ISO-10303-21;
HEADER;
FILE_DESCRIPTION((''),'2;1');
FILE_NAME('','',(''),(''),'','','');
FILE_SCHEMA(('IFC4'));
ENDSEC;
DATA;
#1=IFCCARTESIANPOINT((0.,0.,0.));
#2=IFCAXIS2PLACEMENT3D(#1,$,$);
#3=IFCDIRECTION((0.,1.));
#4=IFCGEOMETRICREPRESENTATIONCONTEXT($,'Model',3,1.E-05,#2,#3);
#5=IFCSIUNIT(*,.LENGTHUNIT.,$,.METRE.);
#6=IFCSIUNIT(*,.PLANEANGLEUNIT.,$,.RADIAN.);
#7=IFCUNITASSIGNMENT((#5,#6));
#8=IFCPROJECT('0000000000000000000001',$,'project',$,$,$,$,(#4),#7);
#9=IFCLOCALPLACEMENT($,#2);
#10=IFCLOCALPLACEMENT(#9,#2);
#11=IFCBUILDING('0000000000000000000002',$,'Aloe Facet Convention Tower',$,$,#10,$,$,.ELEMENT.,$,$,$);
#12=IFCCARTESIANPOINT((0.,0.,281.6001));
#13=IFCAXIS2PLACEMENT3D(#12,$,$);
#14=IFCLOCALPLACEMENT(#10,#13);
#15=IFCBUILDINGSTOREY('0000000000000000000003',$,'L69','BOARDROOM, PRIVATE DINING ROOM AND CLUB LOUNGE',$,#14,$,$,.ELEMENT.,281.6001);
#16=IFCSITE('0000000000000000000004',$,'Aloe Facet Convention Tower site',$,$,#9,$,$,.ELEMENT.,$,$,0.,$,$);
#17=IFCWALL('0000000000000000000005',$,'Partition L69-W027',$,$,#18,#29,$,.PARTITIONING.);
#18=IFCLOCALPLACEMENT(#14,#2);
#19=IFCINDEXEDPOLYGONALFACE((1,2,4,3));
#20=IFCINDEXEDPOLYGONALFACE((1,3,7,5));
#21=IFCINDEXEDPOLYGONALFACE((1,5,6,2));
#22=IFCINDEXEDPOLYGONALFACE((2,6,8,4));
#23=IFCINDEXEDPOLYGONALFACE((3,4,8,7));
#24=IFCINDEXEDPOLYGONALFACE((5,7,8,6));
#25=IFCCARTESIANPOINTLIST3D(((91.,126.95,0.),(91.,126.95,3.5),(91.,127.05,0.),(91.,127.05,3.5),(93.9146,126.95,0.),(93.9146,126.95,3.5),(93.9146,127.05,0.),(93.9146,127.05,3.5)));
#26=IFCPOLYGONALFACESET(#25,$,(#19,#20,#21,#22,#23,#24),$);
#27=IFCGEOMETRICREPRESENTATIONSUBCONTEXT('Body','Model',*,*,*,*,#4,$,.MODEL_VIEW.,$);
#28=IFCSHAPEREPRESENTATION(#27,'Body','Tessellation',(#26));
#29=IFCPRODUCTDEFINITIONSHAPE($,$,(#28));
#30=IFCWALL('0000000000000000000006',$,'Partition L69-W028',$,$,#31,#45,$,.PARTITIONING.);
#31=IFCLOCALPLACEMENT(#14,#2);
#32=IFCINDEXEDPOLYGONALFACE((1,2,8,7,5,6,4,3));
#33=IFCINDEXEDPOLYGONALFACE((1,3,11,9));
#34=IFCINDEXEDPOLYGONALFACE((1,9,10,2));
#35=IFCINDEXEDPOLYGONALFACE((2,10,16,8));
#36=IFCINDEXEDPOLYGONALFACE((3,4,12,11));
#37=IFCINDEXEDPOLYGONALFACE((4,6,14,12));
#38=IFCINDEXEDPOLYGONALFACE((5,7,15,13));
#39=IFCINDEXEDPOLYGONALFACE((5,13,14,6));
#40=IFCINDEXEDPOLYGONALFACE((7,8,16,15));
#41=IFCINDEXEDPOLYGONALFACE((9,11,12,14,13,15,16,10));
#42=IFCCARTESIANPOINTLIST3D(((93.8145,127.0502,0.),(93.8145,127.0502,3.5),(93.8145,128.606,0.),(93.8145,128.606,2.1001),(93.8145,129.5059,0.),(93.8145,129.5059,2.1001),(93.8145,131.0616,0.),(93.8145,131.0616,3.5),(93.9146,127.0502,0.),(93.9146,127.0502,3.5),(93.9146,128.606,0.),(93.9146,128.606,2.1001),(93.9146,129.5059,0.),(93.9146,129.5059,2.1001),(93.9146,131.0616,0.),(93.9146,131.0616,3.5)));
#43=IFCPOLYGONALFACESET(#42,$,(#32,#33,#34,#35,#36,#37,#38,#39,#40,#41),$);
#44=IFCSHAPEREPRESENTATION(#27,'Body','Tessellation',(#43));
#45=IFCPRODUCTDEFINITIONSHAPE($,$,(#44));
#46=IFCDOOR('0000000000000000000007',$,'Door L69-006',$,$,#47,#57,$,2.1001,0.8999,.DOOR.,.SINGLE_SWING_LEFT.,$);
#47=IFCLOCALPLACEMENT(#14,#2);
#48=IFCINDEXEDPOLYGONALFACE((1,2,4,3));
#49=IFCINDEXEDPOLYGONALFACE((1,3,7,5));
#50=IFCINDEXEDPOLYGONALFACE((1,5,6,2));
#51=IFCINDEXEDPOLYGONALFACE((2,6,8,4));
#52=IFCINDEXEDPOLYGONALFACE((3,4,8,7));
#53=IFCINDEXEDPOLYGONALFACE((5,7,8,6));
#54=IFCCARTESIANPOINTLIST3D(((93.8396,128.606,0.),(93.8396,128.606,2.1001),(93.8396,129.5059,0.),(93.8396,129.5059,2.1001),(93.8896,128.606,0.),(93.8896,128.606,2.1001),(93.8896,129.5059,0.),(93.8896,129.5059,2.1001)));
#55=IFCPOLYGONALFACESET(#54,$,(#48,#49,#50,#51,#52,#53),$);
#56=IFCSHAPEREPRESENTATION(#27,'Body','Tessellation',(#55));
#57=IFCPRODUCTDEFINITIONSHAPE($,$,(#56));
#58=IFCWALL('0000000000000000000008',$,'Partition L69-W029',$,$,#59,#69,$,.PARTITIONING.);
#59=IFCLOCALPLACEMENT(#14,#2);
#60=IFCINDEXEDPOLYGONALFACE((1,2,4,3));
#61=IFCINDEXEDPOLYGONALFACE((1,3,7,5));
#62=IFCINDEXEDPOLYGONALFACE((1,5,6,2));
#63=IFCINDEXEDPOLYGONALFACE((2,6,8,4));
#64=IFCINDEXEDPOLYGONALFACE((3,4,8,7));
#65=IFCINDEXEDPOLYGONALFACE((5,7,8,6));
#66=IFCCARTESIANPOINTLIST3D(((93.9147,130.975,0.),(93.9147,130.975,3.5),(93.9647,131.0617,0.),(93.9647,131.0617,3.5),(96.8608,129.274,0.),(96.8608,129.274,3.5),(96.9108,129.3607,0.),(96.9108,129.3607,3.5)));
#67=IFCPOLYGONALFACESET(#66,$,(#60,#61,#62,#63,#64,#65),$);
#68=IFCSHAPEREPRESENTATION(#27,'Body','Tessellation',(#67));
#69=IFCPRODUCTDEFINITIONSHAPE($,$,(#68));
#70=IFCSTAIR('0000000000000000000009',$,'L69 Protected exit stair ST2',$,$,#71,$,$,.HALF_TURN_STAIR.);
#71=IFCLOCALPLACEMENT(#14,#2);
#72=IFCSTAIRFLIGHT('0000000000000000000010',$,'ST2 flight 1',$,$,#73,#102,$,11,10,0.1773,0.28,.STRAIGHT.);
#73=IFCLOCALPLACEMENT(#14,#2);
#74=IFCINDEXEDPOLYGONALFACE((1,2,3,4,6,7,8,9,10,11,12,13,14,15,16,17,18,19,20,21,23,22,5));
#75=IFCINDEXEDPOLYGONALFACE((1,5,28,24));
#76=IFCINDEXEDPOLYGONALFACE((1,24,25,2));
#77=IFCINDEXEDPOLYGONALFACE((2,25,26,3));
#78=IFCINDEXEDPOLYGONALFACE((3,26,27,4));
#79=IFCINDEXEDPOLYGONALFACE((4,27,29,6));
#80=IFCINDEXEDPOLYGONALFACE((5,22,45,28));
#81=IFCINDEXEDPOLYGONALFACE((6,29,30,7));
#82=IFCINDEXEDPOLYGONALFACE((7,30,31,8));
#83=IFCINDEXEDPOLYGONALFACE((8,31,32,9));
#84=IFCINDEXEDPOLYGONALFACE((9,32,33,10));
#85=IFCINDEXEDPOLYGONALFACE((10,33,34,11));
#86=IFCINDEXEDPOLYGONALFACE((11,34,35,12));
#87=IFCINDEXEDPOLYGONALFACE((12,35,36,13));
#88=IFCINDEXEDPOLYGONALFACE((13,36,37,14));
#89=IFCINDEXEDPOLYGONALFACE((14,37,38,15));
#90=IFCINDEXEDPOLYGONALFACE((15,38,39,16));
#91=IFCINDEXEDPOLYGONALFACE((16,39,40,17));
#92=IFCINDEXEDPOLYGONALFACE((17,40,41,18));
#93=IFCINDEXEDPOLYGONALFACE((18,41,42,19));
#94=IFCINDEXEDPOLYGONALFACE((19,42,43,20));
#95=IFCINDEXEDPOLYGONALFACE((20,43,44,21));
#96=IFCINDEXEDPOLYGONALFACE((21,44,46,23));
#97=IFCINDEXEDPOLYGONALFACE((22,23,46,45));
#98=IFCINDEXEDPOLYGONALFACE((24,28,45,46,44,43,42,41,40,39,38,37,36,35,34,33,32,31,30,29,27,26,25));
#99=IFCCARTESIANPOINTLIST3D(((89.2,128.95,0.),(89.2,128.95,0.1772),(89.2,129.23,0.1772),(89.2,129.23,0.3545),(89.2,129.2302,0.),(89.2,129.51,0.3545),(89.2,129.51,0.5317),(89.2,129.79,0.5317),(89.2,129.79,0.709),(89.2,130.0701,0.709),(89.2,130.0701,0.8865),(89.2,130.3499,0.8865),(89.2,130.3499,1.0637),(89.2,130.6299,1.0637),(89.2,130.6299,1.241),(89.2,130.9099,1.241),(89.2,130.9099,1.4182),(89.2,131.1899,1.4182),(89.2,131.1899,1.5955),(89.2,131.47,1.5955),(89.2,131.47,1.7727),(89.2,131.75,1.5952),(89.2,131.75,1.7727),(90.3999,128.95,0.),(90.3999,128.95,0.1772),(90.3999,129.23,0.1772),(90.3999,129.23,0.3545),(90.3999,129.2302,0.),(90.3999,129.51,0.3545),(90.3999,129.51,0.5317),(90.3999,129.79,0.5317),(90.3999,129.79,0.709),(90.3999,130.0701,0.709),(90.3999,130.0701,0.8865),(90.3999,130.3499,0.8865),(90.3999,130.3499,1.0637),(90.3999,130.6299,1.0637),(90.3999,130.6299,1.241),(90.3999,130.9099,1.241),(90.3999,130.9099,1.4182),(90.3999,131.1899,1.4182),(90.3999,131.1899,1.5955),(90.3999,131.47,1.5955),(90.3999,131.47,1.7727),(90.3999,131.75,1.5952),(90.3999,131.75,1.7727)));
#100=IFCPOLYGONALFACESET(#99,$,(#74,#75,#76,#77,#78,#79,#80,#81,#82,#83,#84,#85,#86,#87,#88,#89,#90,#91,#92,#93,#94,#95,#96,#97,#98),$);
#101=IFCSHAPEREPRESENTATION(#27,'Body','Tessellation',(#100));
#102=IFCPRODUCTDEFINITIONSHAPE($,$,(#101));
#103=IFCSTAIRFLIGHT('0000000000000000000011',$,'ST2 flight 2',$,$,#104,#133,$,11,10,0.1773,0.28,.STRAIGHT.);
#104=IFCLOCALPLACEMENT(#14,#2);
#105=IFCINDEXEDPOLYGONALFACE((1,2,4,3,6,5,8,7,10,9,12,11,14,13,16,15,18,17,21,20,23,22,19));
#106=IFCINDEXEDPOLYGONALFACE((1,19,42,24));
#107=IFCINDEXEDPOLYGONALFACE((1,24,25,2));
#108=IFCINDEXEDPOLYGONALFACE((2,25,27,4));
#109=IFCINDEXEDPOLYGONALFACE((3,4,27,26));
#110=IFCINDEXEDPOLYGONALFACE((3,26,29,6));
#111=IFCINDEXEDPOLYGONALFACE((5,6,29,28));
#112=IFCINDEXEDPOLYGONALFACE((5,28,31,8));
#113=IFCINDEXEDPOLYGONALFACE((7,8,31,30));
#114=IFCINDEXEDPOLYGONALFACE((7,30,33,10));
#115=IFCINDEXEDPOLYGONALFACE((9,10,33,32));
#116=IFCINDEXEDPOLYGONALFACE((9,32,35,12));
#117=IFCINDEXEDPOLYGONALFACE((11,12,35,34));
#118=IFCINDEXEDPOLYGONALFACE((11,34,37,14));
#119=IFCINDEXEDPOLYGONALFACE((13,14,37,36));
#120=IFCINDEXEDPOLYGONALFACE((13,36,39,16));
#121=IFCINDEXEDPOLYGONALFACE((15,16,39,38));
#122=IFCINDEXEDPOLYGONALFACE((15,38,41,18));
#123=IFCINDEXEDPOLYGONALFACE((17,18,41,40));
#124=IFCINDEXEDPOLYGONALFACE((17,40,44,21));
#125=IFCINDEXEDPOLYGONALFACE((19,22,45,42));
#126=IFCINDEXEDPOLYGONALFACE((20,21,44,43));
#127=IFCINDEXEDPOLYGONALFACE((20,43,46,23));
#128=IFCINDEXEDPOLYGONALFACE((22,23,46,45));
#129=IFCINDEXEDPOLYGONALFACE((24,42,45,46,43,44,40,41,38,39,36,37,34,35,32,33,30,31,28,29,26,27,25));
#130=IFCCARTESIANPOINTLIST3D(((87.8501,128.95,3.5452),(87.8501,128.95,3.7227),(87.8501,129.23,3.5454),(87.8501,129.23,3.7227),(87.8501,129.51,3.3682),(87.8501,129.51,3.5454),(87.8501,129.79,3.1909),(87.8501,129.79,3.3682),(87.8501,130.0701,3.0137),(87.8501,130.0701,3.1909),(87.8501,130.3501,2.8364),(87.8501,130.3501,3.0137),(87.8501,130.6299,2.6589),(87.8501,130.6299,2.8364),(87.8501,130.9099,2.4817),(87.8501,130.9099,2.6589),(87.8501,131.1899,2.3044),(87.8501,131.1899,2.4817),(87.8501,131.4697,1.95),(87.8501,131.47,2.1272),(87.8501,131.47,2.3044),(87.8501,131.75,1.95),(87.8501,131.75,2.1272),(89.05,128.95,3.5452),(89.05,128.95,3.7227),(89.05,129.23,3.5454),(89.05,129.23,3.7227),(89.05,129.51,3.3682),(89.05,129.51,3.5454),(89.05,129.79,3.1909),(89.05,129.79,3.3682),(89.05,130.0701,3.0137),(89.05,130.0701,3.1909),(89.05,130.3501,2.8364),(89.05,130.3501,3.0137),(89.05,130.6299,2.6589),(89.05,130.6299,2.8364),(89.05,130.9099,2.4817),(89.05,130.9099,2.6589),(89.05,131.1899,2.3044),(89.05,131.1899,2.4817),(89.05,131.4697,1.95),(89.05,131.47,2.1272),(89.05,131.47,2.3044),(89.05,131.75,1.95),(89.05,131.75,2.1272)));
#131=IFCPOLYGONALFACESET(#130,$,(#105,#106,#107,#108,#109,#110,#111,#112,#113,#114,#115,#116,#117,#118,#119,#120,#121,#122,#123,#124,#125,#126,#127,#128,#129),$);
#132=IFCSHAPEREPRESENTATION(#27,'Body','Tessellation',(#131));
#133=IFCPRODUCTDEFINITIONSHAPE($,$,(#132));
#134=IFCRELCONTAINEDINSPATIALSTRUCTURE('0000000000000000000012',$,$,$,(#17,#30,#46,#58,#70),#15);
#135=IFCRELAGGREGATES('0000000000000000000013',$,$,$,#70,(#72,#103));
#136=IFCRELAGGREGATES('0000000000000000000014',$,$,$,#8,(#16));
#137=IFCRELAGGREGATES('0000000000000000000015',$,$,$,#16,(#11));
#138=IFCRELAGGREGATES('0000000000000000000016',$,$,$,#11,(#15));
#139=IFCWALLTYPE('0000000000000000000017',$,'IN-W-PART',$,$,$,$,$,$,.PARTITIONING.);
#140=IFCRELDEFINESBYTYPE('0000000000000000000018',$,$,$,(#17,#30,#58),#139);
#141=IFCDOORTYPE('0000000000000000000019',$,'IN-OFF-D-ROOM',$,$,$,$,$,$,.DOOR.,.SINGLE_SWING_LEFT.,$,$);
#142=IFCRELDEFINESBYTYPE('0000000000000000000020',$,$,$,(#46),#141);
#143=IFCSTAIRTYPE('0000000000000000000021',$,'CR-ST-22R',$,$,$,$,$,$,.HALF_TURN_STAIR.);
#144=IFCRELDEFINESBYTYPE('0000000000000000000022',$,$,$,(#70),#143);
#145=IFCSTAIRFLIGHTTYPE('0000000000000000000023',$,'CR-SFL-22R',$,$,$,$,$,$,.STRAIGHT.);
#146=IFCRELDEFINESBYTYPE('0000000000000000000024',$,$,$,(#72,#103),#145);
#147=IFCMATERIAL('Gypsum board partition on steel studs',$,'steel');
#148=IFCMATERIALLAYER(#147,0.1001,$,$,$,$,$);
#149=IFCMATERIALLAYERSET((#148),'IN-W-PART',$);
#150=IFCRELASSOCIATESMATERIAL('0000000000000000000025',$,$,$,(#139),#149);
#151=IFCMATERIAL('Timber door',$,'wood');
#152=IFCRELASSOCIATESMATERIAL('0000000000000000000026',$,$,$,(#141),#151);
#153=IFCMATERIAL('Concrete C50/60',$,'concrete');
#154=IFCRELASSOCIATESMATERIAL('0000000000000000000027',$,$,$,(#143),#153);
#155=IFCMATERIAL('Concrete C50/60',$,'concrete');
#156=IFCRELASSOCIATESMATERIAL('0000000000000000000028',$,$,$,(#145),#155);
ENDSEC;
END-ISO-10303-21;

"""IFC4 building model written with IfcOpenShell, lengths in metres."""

from ifc_helpers import new_model, si_unit, direction, frame, frame_2d, origin, place, context, subcontext, project, spatial, polyline, rectangle, outline, extrude, material, layer, layer_set, type_object, element, fill, aggregate, save


model = new_model("IFC4")

# Units and contexts
model_context = context("Model", 3, precision=1e-05, world=origin(), true_north=direction((0.0, 1.0)))
body_context = subcontext(model_context, "Body", "Model", "MODEL_VIEW")
ifc_project = project(units=[si_unit("LENGTHUNIT", "METRE"), si_unit("PLANEANGLEUNIT", "RADIAN")], contexts=[model_context])

# Site, building, storey
site_placement = place(None, origin())
site = spatial("IfcSite", under=ifc_project, at=site_placement, Name="Aloe Facet Convention Tower site", CompositionType="ELEMENT", RefElevation=0.0)
building_placement = place(site_placement, origin())
building = spatial("IfcBuilding", under=site, at=building_placement, Name="Aloe Facet Convention Tower", CompositionType="ELEMENT")
storey_placement = place(building_placement, frame((0.0, 0.0, 281.6001)))
storey = spatial("IfcBuildingStorey", under=building, at=storey_placement, Name="L69", Description="BOARDROOM, PRIVATE DINING ROOM AND CLUB LOUNGE", CompositionType="ELEMENT", Elevation=281.6001)

# Wall
ifc_material_1 = material(Name="Gypsum board partition on steel studs", Category="steel")
ifc_layer_1 = layer(ifc_material_1, 0.1001)
ifc_layer_set_1 = layer_set([ifc_layer_1], Name="IN-W-PART")
wall_type_1 = type_object("IfcWallType", Name="IN-W-PART", PredefinedType="PARTITIONING", material=ifc_layer_set_1)
wall_1_placement = place(storey_placement, frame((91.0, 127.0, 0.0), z_axis=(0.0, 0.0, 1.0), x_axis=(1.0, 0.0, 0.0)))
element("IfcWall", 1, at=wall_1_placement, inside=storey, type_object=wall_type_1, Name="Partition L69-W027", PredefinedType="PARTITIONING", context=body_context, shape_type="SweptSolid", body=[
    extrude(rectangle(XDim=2.9146, YDim=0.1001, at=frame_2d((1.4573, 0.0))), origin(), (0.0, 0.0, 1.0), 3.5),
])

# Wall, opening, door
wall_2_placement = place(storey_placement, frame((93.8645, 127.05, 0.0), z_axis=(0.0, 0.0, 1.0), x_axis=(0.0, 1.0, 0.0)))
wall_2 = element("IfcWall", 2, at=wall_2_placement, inside=storey, type_object=wall_type_1, Name="Partition L69-W028", PredefinedType="PARTITIONING", context=body_context, shape_type="SweptSolid", body=[
    extrude(rectangle(XDim=4.0115, YDim=0.1001, at=frame_2d((2.0059, 0.0))), origin(), (0.0, 0.0, 1.0), 3.5),
])
opening_1_placement = place(wall_2_placement, frame((1.5559, 0.0, 0.0)))
opening_1 = element("IfcOpeningElement", 3, at=opening_1_placement, cuts=wall_2, PredefinedType="OPENING", context=body_context, shape_type="SweptSolid", body=[
    extrude(rectangle(XDim=0.8999, YDim=2.1001, at=frame_2d((0.45, 1.05))), frame((0.0, 0.0601, 0.0), z_axis=(0.0, -1.0, 0.0), x_axis=(1.0, 0.0, 0.0)), (0.0, 0.0, 1.0), 0.1201),
])
ifc_material_2 = material(Name="Timber door", Category="wood")
door_type = type_object("IfcDoorType", Name="IN-OFF-D-ROOM", OperationType="SINGLE_SWING_LEFT", PredefinedType="DOOR", material=ifc_material_2)
door_placement = place(opening_1_placement, origin())
door = element("IfcDoor", 4, at=door_placement, inside=storey, type_object=door_type, Name="Door L69-006", OperationType="SINGLE_SWING_LEFT", OverallHeight=2.1001, OverallWidth=0.8999, PredefinedType="DOOR", context=body_context, shape_type="SweptSolid", body=[
    extrude(rectangle(XDim=0.8999, YDim=2.1001, at=frame_2d((0.45, 1.05))), frame((0.0, 0.0249, 0.0), z_axis=(0.0, -1.0, 0.0), x_axis=(1.0, 0.0, 0.0)), (0.0, 0.0, 1.0), 0.05),
])
fill(opening_1, door)

# Wall
wall_3_placement = place(storey_placement, frame((93.9397, 131.0183, 0.0), z_axis=(0.0, 0.0, 1.0), x_axis=(0.866022, -0.500006, 0.0)))
element("IfcWall", 5, at=wall_3_placement, inside=storey, type_object=wall_type_1, Name="Partition L69-W029", PredefinedType="PARTITIONING", context=body_context, shape_type="SweptSolid", body=[
    extrude(rectangle(XDim=3.4019, YDim=0.1001, at=frame_2d((1.7009, 0.0))), origin(), (0.0, 0.0, 1.0), 3.5),
])

# Stair, stair flights
ifc_material_3 = material(Name="Concrete C50/60", Category="concrete")
stair_type = type_object("IfcStairType", Name="CR-ST-22R", PredefinedType="HALF_TURN_STAIR", material=ifc_material_3)
stair_placement = place(storey_placement, origin())
stair = element("IfcStair", 6, at=stair_placement, inside=storey, type_object=stair_type, Name="L69 Protected exit stair ST2", PredefinedType="HALF_TURN_STAIR")
ifc_material_4 = material(Name="Concrete C50/60", Category="concrete")
stair_flight_type = type_object("IfcStairFlightType", Name="CR-SFL-22R", PredefinedType="STRAIGHT", material=ifc_material_4)
stair_flight_1_placement = place(storey_placement, frame((89.8, 128.95, 0.0), z_axis=(0.0, 0.0, 1.0), x_axis=(0.0, 1.0, 0.0)))
stair_flight_1 = element("IfcStairFlight", 7, at=stair_flight_1_placement, type_object=stair_flight_type, Name="ST2 flight 1", NumberOfRisers=11, NumberOfTreads=10, PredefinedType="STRAIGHT", RiserHeight=0.1773, TreadLength=0.28, context=body_context, shape_type="SweptSolid", body=[
    extrude(outline(polyline([(0.0, 0.0), (0.0, 0.1772), (0.28, 0.1772), (0.28, 0.3545), (0.5601, 0.3545), (0.5601, 0.5317), (0.8401, 0.5317), (0.8401, 0.709), (1.1201, 0.709), (1.1201, 0.8865), (1.3999, 0.8865), (1.3999, 1.0637), (1.6799, 1.0637), (1.6799, 1.241), (1.96, 1.241), (1.96, 1.4182), (2.24, 1.4182), (2.24, 1.5955), (2.52, 1.5955), (2.52, 1.7727), (2.8, 1.7727), (2.8, 1.95), (2.8, 1.5952), (0.2803, 0.0), (0.0, 0.0)])), frame((0.0, 0.6001, 0.0), z_axis=(0.0, -1.0, 0.0), x_axis=(1.0, 0.0, 0.0)), (0.0, 0.0, 1.0), 1.2),
])
stair_flight_2_placement = place(storey_placement, frame((88.45, 131.75, 1.95), z_axis=(0.0, 0.0, 1.0), x_axis=(0.0, -1.0, 0.0)))
stair_flight_2 = element("IfcStairFlight", 8, at=stair_flight_2_placement, type_object=stair_flight_type, Name="ST2 flight 2", NumberOfRisers=11, NumberOfTreads=10, PredefinedType="STRAIGHT", RiserHeight=0.1773, TreadLength=0.28, context=body_context, shape_type="SweptSolid", body=[
    extrude(outline(polyline([(0.0, 0.0), (0.0, 0.1772), (0.28, 0.1772), (0.28, 0.3545), (0.5601, 0.3545), (0.5601, 0.5317), (0.8401, 0.5317), (0.8401, 0.709), (1.1201, 0.709), (1.1201, 0.8865), (1.3999, 0.8865), (1.3999, 1.0637), (1.6799, 1.0637), (1.6799, 1.241), (1.96, 1.241), (1.96, 1.4182), (2.24, 1.4182), (2.24, 1.5955), (2.52, 1.5955), (2.52, 1.7727), (2.8, 1.7727), (2.8, 1.95), (2.8, 1.5952), (0.2803, 0.0), (0.0, 0.0)])), frame((0.0, 0.6001, 0.0), z_axis=(0.0, -1.0, 0.0), x_axis=(1.0, 0.0, 0.0)), (0.0, 0.0, 1.0), 1.2),
])
aggregate(stair, [stair_flight_1, stair_flight_2])

save(model, "model.ifc")
